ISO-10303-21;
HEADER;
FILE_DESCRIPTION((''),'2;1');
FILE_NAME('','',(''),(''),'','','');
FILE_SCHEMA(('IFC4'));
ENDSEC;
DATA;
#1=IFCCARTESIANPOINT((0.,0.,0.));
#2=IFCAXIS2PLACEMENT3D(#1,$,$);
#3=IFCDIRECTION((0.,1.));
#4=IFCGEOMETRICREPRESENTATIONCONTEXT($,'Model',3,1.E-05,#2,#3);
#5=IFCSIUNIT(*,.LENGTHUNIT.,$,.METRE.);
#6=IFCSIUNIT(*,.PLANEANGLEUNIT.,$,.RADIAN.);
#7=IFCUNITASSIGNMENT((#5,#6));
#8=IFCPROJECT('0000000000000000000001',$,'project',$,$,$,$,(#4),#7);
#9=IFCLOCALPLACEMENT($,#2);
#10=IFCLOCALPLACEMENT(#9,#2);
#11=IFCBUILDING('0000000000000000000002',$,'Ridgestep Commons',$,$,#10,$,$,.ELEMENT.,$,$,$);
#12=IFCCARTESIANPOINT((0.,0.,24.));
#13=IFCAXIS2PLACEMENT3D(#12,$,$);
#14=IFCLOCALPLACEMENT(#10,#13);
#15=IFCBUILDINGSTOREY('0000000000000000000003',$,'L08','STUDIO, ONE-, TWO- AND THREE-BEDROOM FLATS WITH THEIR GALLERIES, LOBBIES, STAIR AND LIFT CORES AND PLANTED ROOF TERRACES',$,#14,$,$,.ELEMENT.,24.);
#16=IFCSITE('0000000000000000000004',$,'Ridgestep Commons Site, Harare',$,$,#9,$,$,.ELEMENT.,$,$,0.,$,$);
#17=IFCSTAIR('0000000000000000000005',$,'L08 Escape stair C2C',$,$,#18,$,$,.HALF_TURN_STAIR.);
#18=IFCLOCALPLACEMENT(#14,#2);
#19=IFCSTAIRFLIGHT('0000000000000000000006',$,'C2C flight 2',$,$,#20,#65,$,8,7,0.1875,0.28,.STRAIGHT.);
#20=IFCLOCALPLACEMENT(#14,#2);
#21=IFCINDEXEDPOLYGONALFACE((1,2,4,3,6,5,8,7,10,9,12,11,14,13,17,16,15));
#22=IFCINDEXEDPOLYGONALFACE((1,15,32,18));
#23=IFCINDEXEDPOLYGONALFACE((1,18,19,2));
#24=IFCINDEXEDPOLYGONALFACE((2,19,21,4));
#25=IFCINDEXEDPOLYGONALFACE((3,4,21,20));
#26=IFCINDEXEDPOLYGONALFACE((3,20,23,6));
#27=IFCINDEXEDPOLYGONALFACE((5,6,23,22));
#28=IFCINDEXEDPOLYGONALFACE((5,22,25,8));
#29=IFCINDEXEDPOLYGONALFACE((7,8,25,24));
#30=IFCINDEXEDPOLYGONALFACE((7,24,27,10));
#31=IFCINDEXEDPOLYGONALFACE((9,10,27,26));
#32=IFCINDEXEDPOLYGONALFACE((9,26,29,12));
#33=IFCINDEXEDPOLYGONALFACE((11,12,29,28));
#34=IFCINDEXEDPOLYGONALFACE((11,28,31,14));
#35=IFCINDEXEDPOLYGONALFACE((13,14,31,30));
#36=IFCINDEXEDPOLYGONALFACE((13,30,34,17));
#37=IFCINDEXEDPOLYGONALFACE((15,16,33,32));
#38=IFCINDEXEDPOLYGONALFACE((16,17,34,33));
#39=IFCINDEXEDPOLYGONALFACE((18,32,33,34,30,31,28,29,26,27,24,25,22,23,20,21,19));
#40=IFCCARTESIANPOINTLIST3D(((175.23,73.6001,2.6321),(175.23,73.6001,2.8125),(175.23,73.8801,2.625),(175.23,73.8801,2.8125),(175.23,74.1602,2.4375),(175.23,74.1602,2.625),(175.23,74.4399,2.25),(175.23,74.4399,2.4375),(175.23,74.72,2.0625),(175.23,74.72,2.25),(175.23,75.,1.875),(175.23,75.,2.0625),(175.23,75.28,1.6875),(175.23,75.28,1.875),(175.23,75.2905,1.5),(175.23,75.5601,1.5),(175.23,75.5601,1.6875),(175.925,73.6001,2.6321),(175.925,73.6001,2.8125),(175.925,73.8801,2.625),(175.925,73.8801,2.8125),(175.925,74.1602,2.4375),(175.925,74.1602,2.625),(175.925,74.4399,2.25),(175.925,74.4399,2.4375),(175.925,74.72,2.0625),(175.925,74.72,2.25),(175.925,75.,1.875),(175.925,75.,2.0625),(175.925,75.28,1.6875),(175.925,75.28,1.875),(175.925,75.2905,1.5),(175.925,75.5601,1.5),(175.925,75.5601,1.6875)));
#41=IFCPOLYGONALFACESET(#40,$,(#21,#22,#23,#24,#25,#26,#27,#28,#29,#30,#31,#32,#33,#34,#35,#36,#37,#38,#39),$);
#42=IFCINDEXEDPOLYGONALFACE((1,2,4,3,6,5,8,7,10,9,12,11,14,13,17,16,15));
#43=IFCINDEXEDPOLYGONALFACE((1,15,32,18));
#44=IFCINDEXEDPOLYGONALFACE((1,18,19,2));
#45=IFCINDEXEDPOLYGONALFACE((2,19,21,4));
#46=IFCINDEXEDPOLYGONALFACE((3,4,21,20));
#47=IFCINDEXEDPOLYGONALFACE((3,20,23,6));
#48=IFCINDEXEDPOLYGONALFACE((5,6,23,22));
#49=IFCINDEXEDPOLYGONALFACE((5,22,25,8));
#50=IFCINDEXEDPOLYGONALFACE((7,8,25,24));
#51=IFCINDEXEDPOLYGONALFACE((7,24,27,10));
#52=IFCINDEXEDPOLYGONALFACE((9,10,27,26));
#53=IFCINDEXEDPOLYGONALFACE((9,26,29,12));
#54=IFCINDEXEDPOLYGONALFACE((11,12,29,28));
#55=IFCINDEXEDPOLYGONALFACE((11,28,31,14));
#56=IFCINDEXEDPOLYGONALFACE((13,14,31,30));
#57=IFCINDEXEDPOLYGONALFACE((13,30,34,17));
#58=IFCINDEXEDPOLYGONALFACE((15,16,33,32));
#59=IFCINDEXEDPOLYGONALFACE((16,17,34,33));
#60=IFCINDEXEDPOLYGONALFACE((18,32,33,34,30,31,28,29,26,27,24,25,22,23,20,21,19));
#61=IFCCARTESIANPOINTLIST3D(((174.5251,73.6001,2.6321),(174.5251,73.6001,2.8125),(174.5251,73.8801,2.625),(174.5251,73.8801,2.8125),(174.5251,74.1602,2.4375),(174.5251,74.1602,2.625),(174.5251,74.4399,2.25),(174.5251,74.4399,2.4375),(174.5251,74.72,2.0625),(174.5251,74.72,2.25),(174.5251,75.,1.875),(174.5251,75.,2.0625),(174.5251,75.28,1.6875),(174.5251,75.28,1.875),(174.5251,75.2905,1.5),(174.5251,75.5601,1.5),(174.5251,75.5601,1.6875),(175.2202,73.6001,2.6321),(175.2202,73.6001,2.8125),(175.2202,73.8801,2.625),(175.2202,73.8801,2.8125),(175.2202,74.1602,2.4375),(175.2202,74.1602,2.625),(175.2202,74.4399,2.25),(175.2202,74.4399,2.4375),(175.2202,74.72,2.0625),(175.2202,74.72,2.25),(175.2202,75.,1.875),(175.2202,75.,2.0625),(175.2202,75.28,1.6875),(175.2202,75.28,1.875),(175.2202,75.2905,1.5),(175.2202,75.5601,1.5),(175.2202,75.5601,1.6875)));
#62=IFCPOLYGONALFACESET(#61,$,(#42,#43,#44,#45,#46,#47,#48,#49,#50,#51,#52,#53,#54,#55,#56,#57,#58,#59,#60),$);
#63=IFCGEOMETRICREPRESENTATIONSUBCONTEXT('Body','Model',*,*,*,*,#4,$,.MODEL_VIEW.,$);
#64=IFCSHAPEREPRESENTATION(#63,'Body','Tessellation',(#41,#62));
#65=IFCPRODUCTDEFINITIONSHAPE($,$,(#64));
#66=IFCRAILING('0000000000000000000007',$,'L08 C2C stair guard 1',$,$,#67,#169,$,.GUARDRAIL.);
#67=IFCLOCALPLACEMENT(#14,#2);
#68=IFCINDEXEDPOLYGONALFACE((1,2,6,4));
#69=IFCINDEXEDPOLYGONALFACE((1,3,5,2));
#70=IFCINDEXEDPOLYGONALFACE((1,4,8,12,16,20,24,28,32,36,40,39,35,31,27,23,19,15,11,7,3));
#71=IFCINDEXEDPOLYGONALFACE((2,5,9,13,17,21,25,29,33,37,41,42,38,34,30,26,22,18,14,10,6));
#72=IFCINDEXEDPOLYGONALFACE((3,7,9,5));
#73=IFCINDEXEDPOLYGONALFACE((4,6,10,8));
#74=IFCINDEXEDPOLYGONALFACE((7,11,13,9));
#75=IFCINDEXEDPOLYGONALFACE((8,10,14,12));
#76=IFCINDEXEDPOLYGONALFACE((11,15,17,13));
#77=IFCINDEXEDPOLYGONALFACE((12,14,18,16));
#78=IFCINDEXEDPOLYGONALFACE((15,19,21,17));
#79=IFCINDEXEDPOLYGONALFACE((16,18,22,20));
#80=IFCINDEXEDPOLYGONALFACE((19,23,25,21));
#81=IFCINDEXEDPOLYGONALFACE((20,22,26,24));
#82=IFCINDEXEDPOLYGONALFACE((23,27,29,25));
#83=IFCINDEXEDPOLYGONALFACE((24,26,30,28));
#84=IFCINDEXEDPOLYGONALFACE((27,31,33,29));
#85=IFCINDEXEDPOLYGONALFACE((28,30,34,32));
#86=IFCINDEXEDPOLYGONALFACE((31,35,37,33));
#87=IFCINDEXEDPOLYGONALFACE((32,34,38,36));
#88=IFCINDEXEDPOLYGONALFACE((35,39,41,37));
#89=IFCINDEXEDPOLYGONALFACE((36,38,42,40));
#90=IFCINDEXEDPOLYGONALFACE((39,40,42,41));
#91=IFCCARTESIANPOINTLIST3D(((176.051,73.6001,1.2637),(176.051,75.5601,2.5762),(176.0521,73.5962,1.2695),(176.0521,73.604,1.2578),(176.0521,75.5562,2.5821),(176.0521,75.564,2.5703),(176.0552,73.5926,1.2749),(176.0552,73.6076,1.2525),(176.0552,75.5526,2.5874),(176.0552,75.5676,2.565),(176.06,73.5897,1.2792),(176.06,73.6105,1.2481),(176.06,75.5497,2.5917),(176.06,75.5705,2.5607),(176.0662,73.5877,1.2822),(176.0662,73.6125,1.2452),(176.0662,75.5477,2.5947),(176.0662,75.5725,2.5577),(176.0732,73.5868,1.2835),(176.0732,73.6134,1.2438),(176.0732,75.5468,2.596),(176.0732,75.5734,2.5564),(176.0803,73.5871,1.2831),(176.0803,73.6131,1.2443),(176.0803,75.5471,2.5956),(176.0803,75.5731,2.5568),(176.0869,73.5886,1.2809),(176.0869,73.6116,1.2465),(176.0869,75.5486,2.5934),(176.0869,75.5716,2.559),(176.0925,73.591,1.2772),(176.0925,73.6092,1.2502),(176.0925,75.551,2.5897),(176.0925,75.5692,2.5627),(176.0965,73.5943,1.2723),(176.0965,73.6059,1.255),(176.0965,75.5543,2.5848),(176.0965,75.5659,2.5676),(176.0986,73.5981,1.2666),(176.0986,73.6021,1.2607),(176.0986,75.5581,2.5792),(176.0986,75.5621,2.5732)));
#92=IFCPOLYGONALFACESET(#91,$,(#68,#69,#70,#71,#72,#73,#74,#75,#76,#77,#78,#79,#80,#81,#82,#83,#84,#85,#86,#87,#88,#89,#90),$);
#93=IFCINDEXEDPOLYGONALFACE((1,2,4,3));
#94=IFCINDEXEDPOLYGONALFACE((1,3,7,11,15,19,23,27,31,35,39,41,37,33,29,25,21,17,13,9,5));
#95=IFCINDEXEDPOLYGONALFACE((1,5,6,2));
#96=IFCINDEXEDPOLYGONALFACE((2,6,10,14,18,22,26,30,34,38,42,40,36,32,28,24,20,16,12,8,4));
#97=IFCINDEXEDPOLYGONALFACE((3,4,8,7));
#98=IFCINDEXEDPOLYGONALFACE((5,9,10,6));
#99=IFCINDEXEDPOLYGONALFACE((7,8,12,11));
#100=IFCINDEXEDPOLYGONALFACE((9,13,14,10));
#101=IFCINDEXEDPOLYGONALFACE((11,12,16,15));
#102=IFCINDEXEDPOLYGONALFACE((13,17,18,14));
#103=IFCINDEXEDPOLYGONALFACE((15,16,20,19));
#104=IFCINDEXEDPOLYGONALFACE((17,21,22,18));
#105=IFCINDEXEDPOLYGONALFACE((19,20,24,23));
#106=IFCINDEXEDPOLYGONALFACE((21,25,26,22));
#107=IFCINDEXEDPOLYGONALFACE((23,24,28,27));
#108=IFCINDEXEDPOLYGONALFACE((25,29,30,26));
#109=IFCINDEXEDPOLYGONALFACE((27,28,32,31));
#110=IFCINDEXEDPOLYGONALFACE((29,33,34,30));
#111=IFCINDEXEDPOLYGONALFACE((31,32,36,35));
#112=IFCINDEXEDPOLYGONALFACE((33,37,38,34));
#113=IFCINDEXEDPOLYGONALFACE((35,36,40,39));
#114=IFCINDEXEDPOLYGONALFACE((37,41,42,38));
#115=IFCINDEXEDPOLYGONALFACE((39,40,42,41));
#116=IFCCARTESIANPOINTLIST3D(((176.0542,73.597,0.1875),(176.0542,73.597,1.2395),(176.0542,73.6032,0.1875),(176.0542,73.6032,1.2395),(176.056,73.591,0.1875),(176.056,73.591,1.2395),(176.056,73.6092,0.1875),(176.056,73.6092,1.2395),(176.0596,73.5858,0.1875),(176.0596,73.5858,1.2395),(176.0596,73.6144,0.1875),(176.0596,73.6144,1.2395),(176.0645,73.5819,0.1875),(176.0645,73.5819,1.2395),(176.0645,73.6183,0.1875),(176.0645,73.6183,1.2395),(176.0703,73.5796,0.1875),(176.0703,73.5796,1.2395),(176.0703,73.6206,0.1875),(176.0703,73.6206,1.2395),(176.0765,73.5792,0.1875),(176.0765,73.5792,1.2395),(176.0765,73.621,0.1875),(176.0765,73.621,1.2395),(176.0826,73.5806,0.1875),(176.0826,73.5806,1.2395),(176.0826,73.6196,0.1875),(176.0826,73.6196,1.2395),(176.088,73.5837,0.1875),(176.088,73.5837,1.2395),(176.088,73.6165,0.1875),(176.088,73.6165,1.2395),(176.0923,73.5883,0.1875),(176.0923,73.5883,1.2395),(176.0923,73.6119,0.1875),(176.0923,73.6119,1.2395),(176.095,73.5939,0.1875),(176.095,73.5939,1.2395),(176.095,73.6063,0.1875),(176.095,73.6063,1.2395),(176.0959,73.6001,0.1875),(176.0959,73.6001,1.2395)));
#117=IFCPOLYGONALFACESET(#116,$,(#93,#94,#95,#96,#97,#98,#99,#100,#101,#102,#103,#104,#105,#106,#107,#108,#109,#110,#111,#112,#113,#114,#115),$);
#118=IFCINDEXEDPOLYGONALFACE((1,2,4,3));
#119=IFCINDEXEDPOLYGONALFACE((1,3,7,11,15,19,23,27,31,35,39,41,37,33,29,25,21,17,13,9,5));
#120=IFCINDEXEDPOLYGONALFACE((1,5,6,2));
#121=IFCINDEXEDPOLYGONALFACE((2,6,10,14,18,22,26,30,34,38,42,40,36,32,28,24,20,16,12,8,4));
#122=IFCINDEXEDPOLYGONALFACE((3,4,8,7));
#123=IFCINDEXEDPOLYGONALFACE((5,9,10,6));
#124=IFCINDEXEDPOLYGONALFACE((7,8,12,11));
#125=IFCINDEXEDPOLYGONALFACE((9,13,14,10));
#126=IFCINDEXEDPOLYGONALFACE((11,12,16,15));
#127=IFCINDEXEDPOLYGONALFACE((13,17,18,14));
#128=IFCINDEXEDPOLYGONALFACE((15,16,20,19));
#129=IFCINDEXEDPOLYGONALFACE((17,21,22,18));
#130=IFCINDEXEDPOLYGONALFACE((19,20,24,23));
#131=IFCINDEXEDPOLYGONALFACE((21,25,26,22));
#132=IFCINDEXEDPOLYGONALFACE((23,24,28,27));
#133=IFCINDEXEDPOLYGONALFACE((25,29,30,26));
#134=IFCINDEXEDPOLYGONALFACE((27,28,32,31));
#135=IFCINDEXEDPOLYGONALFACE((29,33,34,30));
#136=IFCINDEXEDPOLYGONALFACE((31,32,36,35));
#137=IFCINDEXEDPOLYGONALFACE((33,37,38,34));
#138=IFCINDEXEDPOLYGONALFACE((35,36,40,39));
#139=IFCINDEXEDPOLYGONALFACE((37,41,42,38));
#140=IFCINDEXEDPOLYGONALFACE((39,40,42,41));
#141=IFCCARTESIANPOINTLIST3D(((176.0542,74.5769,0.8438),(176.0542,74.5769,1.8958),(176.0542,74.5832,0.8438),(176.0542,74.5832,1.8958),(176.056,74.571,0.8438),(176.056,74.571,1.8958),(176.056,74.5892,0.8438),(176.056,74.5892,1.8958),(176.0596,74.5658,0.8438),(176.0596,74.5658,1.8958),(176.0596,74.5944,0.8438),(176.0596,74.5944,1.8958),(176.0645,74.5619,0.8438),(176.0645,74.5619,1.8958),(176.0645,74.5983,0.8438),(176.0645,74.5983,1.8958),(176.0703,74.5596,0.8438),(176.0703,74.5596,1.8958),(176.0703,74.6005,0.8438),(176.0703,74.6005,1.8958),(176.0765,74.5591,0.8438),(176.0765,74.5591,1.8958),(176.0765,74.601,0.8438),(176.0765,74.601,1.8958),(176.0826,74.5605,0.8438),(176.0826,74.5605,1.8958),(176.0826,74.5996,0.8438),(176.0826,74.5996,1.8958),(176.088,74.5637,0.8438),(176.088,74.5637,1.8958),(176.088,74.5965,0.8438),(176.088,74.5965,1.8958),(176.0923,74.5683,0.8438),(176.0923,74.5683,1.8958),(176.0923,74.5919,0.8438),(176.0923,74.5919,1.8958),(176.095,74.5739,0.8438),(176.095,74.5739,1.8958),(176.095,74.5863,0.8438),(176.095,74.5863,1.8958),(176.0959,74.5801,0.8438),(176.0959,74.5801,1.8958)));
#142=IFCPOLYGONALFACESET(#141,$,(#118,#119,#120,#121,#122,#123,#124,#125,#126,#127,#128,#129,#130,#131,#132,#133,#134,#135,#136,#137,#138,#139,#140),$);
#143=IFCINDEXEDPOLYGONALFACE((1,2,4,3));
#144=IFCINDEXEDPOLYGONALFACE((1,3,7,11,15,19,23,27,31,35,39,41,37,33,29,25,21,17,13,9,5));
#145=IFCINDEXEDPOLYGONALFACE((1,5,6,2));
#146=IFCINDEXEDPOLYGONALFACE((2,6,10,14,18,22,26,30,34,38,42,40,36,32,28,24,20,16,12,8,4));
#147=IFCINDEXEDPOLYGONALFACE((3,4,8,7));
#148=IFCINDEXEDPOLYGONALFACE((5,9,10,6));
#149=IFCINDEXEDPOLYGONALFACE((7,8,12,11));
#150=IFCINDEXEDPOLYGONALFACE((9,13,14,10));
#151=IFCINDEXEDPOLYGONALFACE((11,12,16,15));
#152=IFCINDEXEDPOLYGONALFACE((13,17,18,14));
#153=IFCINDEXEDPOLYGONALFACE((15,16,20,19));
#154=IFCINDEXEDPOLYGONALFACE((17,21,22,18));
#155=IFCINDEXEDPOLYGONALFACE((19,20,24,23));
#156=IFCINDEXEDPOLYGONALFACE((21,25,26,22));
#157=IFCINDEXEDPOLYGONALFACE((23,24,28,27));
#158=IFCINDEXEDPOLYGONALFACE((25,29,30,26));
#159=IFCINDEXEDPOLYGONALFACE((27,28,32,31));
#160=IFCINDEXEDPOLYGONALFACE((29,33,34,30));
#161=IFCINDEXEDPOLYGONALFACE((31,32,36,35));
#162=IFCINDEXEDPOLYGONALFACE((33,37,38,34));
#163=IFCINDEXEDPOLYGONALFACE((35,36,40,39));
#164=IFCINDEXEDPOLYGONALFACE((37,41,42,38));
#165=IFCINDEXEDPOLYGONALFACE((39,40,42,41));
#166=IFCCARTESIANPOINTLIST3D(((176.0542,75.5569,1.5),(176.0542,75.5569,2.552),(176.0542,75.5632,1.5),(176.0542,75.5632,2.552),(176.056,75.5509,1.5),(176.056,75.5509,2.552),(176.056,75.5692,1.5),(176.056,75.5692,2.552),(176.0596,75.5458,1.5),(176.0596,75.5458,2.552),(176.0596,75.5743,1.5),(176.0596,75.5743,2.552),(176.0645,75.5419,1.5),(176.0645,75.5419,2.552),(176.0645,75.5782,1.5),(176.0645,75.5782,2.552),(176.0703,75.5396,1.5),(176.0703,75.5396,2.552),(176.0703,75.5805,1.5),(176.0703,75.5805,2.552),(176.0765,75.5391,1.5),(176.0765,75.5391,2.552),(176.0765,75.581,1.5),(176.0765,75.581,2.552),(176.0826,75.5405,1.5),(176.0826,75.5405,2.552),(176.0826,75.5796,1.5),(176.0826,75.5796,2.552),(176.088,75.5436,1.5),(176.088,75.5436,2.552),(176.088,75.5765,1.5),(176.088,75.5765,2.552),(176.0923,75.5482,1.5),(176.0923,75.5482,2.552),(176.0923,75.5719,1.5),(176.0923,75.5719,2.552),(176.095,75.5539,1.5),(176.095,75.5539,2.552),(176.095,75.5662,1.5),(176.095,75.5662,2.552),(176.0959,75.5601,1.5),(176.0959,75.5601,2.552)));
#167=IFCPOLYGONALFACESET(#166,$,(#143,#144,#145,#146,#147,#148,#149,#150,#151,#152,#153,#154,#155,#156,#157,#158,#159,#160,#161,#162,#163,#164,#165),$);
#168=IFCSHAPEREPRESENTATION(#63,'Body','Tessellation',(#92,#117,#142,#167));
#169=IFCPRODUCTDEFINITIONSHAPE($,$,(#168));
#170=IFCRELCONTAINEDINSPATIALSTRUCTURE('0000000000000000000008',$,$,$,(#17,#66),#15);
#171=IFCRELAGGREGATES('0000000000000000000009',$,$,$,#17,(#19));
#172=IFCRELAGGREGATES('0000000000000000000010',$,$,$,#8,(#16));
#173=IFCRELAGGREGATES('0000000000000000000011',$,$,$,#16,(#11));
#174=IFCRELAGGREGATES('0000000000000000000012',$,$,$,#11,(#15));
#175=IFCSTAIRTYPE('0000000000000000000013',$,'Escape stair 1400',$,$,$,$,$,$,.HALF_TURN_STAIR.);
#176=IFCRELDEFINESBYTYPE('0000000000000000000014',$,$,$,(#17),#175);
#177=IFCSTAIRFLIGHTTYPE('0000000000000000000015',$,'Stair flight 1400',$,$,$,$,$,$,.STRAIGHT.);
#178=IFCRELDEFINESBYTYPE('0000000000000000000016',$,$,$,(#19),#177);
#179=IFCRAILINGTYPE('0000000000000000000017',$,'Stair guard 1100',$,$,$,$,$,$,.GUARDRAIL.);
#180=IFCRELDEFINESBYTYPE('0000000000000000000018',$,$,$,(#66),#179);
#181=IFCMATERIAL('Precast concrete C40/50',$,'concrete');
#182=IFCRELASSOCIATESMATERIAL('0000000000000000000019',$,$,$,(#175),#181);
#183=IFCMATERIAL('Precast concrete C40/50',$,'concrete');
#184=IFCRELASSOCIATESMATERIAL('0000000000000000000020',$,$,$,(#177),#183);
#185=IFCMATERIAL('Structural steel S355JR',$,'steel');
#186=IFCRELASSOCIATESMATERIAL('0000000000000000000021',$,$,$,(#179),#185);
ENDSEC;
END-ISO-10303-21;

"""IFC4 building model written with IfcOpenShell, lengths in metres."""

from ifc_helpers import new_model, si_unit, direction, frame, origin, origin_2d, place, context, subcontext, project, spatial, polyline, circle, outline, extrude, material, type_object, element, aggregate, save


model = new_model("IFC4")

# Units and contexts
model_context = context("Model", 3, precision=1e-05, world=origin(), true_north=direction((0.0, 1.0)))
body_context = subcontext(model_context, "Body", "Model", "MODEL_VIEW")
ifc_project = project(units=[si_unit("LENGTHUNIT", "METRE"), si_unit("PLANEANGLEUNIT", "RADIAN")], contexts=[model_context])

# Site, building, storey
site_placement = place(None, origin())
site = spatial("IfcSite", under=ifc_project, at=site_placement, Name="Ridgestep Commons Site, Harare", CompositionType="ELEMENT", RefElevation=0.0)
building_placement = place(site_placement, origin())
building = spatial("IfcBuilding", under=site, at=building_placement, Name="Ridgestep Commons", CompositionType="ELEMENT")
storey_placement = place(building_placement, frame((0.0, 0.0, 24.0)))
storey = spatial("IfcBuildingStorey", under=building, at=storey_placement, Name="L08", Description="STUDIO, ONE-, TWO- AND THREE-BEDROOM FLATS WITH THEIR GALLERIES, LOBBIES, STAIR AND LIFT CORES AND PLANTED ROOF TERRACES", CompositionType="ELEMENT", Elevation=24.0)

# Stair, stair flight
ifc_material_1 = material(Name="Precast concrete C40/50", Category="concrete")
stair_type = type_object("IfcStairType", Name="Escape stair 1400", PredefinedType="HALF_TURN_STAIR", material=ifc_material_1)
stair_placement = place(storey_placement, origin())
stair = element("IfcStair", 1, at=stair_placement, inside=storey, type_object=stair_type, Name="L08 Escape stair C2C", PredefinedType="HALF_TURN_STAIR")
ifc_material_2 = material(Name="Precast concrete C40/50", Category="concrete")
stair_flight_type = type_object("IfcStairFlightType", Name="Stair flight 1400", PredefinedType="STRAIGHT", material=ifc_material_2)
stair_flight_1_placement = place(storey_placement, frame((175.2251, 75.5601, 1.5), z_axis=(0.0, 0.0, 1.0), x_axis=(0.0, -1.0, 0.0)))
stair_flight_1 = element("IfcStairFlight", 2, at=stair_flight_1_placement, type_object=stair_flight_type, Name="C2C flight 2", NumberOfRisers=8, NumberOfTreads=7, PredefinedType="STRAIGHT", RiserHeight=0.1875, TreadLength=0.28, context=body_context, shape_type="SweptSolid", body=[
    extrude(outline(polyline([(0.0, 0.0), (0.0, 0.1875), (0.28, 0.1875), (0.28, 0.375), (0.5601, 0.375), (0.5601, 0.5625), (0.8401, 0.5625), (0.8401, 0.75), (1.1201, 0.75), (1.1201, 0.9375), (1.3999, 0.9375), (1.3999, 1.125), (1.6799, 1.125), (1.6799, 1.3125), (1.96, 1.3125), (1.96, 1.5), (1.96, 1.1321), (0.2695, 0.0), (0.0, 0.0)])), frame((0.0, 0.7, 0.0), z_axis=(0.0, -1.0, 0.0), x_axis=(1.0, 0.0, 0.0)), (0.0, 0.0, 1.0), 0.6951),
    extrude(outline(polyline([(0.0, 0.0), (0.0, 0.1875), (0.28, 0.1875), (0.28, 0.375), (0.5601, 0.375), (0.5601, 0.5625), (0.8401, 0.5625), (0.8401, 0.75), (1.1201, 0.75), (1.1201, 0.9375), (1.3999, 0.9375), (1.3999, 1.125), (1.6799, 1.125), (1.6799, 1.3125), (1.96, 1.3125), (1.96, 1.5), (1.96, 1.1321), (0.2695, 0.0), (0.0, 0.0)])), frame((0.0, -0.0049, 0.0), z_axis=(0.0, -1.0, 0.0), x_axis=(1.0, 0.0, 0.0)), (0.0, 0.0, 1.0), 0.6951),
])
aggregate(stair, [stair_flight_1])

# Railing
ifc_material_3 = material(Name="Structural steel S355JR", Category="steel")
railing_type_1 = type_object("IfcRailingType", Name="Stair guard 1100", PredefinedType="GUARDRAIL", material=ifc_material_3)
railing_1_placement = place(storey_placement, frame((176.075, 73.6001, 0.1875)))
element("IfcRailing", 3, at=railing_1_placement, inside=storey, type_object=railing_type_1, Name="L08 C2C stair guard 1", PredefinedType="GUARDRAIL", context=body_context, shape_type="SweptSolid", body=[
    extrude(circle(Radius=0.0239, at=origin_2d()), frame((0.0, 0.0, 1.0762), z_axis=(0.0, 0.830902, 0.556419), x_axis=(-1.0, 0.0, 0.0)), (0.0, 0.0, 1.0), 2.3589),
    extrude(circle(Radius=0.021, at=origin_2d()), origin(), (0.0, 0.0, 1.0), 1.052),
    extrude(circle(Radius=0.021, at=origin_2d()), frame((0.0, 0.98, 0.6562)), (0.0, 0.0, 1.0), 1.052),
    extrude(circle(Radius=0.021, at=origin_2d()), frame((0.0, 1.96, 1.3125)), (0.0, 0.0, 1.0), 1.052),
])

save(model, "model.ifc")
